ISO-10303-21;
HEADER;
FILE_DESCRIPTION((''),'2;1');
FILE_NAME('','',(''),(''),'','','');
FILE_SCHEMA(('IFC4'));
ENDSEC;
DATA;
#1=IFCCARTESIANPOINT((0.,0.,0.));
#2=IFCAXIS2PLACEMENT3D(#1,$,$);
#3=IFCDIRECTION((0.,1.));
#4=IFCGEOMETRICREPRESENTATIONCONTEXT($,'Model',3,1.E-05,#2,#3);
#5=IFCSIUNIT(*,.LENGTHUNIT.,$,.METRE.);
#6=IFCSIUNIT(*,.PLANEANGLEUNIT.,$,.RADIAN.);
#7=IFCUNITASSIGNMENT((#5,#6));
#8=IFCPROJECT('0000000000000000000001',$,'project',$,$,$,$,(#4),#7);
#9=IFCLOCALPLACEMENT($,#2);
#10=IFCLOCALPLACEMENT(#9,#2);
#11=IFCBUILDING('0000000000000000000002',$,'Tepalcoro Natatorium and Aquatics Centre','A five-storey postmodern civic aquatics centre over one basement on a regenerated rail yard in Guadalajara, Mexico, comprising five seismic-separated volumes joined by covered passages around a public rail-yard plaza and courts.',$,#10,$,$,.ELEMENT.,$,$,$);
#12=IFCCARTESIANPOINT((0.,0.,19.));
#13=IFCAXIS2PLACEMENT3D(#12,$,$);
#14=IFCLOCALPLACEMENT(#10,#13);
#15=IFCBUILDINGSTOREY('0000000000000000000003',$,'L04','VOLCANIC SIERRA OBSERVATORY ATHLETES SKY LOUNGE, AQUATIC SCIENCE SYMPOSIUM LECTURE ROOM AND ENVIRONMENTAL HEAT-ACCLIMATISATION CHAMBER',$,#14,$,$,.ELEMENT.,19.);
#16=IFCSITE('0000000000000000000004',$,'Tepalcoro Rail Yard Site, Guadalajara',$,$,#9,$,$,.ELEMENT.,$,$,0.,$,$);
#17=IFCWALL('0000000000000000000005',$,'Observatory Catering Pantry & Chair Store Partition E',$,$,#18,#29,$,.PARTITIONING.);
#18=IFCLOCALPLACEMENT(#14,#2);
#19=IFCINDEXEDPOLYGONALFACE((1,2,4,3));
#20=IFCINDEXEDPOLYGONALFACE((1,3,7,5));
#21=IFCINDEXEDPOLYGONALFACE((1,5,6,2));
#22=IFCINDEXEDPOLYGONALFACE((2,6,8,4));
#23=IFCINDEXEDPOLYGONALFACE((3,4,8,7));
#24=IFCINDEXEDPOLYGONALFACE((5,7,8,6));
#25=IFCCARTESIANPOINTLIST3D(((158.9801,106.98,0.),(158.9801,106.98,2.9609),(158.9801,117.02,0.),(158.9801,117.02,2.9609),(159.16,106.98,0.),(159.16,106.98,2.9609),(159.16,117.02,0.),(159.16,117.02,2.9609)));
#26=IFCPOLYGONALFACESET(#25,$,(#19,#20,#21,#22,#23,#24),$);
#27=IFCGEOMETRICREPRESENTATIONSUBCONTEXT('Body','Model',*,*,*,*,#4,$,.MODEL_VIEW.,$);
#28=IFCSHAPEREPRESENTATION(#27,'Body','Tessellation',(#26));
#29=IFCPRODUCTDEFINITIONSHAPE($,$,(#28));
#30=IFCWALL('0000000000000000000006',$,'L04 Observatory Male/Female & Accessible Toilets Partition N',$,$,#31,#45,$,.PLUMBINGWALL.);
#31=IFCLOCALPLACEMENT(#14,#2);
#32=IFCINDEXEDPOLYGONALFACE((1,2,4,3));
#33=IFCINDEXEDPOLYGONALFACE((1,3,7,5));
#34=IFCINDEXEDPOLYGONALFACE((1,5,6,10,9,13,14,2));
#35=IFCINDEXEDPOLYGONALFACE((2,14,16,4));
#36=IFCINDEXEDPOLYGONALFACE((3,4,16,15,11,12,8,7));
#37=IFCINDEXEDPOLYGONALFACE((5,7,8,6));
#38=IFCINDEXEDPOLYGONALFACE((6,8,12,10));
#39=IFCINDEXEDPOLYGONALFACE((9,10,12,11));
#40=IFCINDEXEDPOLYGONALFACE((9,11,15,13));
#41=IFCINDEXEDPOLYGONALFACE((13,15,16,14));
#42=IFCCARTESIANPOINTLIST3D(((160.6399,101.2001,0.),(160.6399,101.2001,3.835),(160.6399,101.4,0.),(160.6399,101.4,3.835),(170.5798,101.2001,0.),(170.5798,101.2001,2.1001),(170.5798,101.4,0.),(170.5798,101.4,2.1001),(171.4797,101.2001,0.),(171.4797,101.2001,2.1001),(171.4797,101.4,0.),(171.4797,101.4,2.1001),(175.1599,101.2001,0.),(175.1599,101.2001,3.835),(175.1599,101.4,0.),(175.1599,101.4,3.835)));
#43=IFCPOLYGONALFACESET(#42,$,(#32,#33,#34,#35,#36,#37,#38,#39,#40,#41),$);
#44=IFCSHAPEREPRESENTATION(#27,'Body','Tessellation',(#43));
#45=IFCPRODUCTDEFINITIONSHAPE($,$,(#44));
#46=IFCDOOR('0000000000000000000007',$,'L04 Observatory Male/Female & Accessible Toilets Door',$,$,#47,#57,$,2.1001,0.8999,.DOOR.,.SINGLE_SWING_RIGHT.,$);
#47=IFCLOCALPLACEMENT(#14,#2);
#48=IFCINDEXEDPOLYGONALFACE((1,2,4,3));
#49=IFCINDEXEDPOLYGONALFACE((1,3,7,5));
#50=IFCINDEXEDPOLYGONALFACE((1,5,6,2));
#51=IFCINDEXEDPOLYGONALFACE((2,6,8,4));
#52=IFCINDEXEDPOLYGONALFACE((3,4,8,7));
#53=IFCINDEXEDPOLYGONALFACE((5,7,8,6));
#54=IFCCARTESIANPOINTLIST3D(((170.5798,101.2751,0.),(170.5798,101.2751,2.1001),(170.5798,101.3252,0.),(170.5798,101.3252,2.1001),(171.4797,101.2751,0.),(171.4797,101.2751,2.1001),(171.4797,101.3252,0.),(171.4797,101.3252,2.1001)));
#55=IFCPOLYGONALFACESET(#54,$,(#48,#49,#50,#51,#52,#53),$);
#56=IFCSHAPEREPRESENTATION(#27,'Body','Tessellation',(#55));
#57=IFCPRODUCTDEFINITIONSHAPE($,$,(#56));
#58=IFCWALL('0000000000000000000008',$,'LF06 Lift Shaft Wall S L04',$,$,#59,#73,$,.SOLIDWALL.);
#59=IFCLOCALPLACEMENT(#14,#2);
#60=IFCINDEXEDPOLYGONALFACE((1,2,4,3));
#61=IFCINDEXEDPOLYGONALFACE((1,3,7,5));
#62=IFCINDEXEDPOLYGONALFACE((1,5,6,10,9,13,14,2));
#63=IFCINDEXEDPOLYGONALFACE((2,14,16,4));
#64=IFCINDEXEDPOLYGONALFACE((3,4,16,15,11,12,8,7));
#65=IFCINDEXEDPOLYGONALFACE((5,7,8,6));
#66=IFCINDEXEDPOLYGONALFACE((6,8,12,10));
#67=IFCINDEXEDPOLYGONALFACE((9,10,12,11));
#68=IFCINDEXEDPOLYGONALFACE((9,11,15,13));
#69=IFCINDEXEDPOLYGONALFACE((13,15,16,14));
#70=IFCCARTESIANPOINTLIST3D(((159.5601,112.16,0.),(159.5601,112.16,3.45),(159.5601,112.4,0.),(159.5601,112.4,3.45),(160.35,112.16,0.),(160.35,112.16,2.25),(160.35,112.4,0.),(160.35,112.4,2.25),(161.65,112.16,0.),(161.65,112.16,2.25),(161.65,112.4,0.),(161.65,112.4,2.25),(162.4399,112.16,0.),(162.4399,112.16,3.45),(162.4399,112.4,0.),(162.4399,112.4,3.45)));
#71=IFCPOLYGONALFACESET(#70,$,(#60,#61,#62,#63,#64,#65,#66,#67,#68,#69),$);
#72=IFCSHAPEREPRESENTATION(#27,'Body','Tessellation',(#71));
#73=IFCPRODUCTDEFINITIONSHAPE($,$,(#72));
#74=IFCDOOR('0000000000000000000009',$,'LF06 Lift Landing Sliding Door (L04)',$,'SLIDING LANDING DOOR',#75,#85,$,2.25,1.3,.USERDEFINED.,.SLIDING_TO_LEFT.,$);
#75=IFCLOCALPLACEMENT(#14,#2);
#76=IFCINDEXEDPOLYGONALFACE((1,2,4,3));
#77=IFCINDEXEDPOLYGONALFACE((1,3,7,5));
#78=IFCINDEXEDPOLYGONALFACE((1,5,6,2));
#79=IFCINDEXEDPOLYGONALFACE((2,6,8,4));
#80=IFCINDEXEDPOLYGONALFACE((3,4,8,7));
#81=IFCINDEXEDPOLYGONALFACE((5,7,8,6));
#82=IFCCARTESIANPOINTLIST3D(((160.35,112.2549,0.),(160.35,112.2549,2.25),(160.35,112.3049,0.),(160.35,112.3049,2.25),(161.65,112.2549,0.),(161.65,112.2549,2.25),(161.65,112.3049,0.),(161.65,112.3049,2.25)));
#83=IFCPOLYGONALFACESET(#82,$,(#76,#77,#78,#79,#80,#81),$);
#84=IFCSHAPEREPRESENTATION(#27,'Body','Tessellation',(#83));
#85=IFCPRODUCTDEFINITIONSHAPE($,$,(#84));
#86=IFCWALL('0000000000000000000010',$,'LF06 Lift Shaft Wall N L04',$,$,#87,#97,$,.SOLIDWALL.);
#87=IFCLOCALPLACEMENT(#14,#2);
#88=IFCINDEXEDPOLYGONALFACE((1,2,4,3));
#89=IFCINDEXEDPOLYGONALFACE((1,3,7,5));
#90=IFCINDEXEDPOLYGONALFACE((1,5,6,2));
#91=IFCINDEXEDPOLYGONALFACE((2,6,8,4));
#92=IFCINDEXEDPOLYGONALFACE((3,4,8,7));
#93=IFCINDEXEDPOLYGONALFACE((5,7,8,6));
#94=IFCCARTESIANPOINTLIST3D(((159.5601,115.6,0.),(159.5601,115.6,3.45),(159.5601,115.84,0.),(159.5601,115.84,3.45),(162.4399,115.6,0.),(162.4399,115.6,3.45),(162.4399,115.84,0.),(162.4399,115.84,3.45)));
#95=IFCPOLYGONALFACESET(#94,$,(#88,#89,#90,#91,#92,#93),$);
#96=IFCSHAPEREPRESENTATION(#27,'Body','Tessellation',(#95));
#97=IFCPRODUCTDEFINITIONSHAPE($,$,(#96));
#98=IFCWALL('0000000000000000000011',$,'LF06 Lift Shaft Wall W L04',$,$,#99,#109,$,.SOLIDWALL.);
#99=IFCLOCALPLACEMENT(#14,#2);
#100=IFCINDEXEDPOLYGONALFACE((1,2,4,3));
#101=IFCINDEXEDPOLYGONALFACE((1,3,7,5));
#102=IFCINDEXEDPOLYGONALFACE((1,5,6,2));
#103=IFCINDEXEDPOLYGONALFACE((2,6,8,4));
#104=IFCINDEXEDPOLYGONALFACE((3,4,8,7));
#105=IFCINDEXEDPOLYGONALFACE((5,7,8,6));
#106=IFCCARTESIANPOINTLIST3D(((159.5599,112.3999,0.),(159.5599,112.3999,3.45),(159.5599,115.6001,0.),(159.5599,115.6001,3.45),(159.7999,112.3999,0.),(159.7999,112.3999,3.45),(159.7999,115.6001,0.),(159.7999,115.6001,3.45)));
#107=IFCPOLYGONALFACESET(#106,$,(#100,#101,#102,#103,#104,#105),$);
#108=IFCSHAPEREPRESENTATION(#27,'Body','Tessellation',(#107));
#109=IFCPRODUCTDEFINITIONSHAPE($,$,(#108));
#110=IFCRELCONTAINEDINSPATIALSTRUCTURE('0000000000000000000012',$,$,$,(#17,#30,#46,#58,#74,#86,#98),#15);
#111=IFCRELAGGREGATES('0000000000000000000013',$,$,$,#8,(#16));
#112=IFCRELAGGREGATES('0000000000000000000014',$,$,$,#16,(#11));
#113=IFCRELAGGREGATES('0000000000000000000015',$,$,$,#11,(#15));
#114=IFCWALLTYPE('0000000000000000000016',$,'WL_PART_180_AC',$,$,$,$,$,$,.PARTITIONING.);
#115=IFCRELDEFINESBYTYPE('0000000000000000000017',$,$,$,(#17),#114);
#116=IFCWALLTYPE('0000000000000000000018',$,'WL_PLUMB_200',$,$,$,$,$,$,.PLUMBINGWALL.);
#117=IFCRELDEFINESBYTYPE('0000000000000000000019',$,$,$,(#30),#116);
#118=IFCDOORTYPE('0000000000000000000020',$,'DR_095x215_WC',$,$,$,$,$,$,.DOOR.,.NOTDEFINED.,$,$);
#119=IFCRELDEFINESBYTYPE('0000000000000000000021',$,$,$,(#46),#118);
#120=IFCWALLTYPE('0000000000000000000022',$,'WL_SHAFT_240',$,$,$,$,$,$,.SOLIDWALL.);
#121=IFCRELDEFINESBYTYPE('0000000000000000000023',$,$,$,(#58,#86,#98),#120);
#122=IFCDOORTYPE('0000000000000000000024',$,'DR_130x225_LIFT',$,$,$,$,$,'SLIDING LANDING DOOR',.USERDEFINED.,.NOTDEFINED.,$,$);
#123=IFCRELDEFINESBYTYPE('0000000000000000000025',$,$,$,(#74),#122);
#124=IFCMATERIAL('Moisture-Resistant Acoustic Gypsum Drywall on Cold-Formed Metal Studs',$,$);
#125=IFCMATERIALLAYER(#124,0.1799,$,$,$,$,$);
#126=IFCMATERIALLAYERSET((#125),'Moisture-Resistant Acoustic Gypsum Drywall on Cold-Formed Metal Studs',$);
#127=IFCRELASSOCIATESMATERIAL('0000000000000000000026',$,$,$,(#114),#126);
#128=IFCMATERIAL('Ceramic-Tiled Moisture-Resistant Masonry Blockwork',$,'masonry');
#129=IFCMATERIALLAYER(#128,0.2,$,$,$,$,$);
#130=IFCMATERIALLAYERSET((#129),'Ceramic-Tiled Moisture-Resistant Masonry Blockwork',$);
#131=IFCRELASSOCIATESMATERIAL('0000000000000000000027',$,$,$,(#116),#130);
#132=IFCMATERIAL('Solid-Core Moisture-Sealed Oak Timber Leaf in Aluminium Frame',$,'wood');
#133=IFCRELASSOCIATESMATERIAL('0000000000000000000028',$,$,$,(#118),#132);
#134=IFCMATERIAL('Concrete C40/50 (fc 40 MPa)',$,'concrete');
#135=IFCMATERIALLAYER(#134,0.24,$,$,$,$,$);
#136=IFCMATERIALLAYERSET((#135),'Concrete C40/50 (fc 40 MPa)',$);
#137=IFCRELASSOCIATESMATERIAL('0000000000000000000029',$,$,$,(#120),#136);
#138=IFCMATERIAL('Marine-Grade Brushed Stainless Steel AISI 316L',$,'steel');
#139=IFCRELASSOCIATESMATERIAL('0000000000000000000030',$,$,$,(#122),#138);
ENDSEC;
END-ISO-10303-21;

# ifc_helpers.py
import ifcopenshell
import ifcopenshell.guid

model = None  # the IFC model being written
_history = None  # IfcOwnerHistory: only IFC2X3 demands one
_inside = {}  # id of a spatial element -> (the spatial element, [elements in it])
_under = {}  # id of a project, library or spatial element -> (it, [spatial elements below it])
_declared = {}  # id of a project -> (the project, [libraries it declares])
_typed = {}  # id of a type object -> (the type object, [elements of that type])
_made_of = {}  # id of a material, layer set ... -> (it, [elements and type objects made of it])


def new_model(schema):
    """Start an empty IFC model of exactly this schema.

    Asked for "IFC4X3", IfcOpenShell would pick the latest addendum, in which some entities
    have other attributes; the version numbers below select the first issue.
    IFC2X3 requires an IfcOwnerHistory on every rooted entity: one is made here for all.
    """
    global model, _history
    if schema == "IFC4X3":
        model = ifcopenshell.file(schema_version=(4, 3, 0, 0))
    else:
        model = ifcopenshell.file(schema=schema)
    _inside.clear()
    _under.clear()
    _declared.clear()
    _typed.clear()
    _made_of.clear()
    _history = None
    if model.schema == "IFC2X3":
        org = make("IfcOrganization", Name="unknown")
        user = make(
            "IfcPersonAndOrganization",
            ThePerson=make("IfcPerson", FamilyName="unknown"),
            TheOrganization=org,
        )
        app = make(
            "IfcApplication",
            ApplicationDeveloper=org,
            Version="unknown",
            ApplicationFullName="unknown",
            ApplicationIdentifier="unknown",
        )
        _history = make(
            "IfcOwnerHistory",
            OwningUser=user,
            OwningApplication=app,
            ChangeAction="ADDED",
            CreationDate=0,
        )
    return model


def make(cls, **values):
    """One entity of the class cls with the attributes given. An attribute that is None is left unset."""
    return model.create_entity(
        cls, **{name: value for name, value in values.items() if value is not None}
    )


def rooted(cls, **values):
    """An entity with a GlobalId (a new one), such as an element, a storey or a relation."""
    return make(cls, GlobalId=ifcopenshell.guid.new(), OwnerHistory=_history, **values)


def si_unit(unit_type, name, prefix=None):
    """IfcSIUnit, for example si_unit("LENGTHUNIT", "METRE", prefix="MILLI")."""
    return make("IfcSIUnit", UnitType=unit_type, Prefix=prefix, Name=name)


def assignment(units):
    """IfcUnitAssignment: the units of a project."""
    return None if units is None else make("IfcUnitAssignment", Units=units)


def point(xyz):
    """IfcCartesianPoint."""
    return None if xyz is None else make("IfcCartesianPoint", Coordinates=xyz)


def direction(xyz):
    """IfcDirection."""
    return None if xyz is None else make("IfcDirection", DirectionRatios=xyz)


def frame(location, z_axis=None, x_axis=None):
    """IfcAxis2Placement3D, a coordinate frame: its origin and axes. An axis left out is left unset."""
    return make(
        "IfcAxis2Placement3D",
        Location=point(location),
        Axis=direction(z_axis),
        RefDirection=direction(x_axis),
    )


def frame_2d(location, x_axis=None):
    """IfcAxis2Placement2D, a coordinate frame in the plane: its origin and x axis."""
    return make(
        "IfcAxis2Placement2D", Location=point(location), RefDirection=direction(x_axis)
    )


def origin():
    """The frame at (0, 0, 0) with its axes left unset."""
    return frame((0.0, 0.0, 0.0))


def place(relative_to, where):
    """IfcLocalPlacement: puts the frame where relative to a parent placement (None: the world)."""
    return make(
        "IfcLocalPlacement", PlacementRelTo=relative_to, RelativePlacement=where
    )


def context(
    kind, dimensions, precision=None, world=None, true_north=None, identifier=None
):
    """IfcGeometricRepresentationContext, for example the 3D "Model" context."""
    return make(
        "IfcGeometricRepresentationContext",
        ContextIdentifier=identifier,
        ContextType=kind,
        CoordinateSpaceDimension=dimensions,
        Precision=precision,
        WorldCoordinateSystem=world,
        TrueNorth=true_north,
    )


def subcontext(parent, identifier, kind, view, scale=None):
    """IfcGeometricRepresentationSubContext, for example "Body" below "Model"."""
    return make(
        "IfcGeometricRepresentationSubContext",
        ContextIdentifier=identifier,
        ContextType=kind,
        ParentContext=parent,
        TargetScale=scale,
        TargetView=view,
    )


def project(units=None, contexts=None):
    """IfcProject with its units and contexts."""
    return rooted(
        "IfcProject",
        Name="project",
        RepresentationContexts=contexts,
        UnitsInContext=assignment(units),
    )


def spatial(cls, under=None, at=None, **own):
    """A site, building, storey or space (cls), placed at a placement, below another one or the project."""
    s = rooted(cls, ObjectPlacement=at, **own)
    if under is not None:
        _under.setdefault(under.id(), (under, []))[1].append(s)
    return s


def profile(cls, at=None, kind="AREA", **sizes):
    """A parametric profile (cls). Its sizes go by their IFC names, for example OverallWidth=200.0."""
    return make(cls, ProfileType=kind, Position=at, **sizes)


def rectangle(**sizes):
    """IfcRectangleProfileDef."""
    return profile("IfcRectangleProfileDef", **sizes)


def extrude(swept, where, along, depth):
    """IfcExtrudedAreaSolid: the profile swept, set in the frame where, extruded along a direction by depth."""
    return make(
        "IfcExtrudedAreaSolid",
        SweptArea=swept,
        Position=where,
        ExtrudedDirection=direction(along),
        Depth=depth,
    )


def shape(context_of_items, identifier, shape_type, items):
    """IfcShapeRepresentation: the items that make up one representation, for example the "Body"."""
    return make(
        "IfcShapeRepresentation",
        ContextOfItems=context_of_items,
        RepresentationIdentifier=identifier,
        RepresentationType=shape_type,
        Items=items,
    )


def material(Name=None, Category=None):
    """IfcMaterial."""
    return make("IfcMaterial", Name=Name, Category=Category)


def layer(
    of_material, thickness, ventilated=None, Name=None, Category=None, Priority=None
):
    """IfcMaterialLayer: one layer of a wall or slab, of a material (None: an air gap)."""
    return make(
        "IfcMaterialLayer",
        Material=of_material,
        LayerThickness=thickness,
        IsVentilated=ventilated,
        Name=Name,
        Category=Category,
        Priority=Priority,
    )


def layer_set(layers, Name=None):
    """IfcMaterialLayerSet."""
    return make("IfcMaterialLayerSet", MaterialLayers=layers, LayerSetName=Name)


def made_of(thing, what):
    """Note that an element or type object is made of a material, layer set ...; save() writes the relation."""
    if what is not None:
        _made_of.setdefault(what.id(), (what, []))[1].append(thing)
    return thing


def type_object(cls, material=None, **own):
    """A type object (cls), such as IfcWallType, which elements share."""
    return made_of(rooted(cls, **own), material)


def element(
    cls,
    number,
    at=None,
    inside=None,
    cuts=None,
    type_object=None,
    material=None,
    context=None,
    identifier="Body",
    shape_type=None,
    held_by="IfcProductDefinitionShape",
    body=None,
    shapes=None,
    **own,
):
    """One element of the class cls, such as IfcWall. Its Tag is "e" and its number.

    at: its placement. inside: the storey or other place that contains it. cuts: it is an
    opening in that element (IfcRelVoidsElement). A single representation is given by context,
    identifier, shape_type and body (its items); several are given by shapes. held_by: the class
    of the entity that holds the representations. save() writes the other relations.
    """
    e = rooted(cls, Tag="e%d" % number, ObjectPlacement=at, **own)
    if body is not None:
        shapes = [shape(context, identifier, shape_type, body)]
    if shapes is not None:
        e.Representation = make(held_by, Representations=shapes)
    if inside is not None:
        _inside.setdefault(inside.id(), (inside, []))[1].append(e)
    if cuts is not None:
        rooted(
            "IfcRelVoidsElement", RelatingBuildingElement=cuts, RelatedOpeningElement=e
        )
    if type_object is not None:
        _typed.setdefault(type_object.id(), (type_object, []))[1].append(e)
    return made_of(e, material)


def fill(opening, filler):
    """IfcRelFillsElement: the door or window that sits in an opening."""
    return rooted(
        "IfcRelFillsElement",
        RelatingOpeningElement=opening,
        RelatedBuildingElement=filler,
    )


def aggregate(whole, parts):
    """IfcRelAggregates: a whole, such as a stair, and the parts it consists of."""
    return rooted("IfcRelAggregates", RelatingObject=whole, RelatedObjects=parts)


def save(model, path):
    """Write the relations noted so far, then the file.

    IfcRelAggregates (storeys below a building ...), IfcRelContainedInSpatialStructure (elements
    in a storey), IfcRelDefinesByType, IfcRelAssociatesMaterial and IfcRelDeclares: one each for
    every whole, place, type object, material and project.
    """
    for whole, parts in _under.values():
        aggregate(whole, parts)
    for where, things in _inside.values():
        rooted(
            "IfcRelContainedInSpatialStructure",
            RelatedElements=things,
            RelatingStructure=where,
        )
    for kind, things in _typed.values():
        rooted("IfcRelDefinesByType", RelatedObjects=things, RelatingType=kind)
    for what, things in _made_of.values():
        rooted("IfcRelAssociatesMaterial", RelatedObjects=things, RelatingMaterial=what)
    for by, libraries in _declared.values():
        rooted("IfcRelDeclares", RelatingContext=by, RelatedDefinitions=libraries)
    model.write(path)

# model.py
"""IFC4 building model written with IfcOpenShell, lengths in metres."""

from ifc_helpers import new_model, si_unit, direction, frame, frame_2d, origin, place, context, subcontext, project, spatial, rectangle, extrude, material, layer, layer_set, type_object, element, fill, save


model = new_model("IFC4")

# Units and contexts
model_context = context("Model", 3, precision=1e-05, world=origin(), true_north=direction((0.0, 1.0)))
body_context = subcontext(model_context, "Body", "Model", "MODEL_VIEW")
ifc_project = project(units=[si_unit("LENGTHUNIT", "METRE"), si_unit("PLANEANGLEUNIT", "RADIAN")], contexts=[model_context])

# Site, building, storey
site_placement = place(None, origin())
site = spatial("IfcSite", under=ifc_project, at=site_placement, Name="Tepalcoro Rail Yard Site, Guadalajara", CompositionType="ELEMENT", RefElevation=0.0)
building_placement = place(site_placement, origin())
building = spatial("IfcBuilding", under=site, at=building_placement, Name="Tepalcoro Natatorium and Aquatics Centre", Description="A five-storey postmodern civic aquatics centre over one basement on a regenerated rail yard in Guadalajara, Mexico, comprising five seismic-separated volumes joined by covered passages around a public rail-yard plaza and courts.", CompositionType="ELEMENT")
storey_placement = place(building_placement, frame((0.0, 0.0, 19.0)))
storey = spatial("IfcBuildingStorey", under=building, at=storey_placement, Name="L04", Description="VOLCANIC SIERRA OBSERVATORY ATHLETES SKY LOUNGE, AQUATIC SCIENCE SYMPOSIUM LECTURE ROOM AND ENVIRONMENTAL HEAT-ACCLIMATISATION CHAMBER", CompositionType="ELEMENT", Elevation=19.0)

# Shared definitions
ifc_material_1 = material(Name="Concrete C40/50 (fc 40 MPa)", Category="concrete")

# Wall
ifc_material_2 = material(Name="Moisture-Resistant Acoustic Gypsum Drywall on Cold-Formed Metal Studs")
ifc_layer_1 = layer(ifc_material_2, 0.1799)
ifc_layer_set_1 = layer_set([ifc_layer_1], Name="Moisture-Resistant Acoustic Gypsum Drywall on Cold-Formed Metal Studs")
wall_type_1 = type_object("IfcWallType", Name="WL_PART_180_AC", PredefinedType="PARTITIONING", material=ifc_layer_set_1)
wall_1_placement = place(storey_placement, frame((159.0701, 106.98, 0.0), z_axis=(0.0, 0.0, 1.0), x_axis=(0.0, 1.0, 0.0)))
element("IfcWall", 1, at=wall_1_placement, inside=storey, type_object=wall_type_1, Name="Observatory Catering Pantry & Chair Store Partition E", PredefinedType="PARTITIONING", context=body_context, shape_type="SweptSolid", body=[
    extrude(rectangle(XDim=10.04, YDim=0.1799, at=frame_2d((5.02, 0.0))), origin(), (0.0, 0.0, 1.0), 2.9609),
])

# Walls, openings, doors
ifc_material_3 = material(Name="Ceramic-Tiled Moisture-Resistant Masonry Blockwork", Category="masonry")
ifc_layer_2 = layer(ifc_material_3, 0.2)
ifc_layer_set_2 = layer_set([ifc_layer_2], Name="Ceramic-Tiled Moisture-Resistant Masonry Blockwork")
wall_type_2 = type_object("IfcWallType", Name="WL_PLUMB_200", PredefinedType="PLUMBINGWALL", material=ifc_layer_set_2)
wall_2_placement = place(storey_placement, frame((160.6399, 101.3, 0.0), z_axis=(0.0, 0.0, 1.0), x_axis=(1.0, 0.0, 0.0)))
wall_2 = element("IfcWall", 2, at=wall_2_placement, inside=storey, type_object=wall_type_2, Name="L04 Observatory Male/Female & Accessible Toilets Partition N", PredefinedType="PLUMBINGWALL", context=body_context, shape_type="SweptSolid", body=[
    extrude(rectangle(XDim=14.52, YDim=0.2, at=frame_2d((7.26, 0.0))), origin(), (0.0, 0.0, 1.0), 3.835),
])
opening_1_placement = place(wall_2_placement, frame((9.9399, 0.0, 0.0)))
opening_1 = element("IfcOpeningElement", 3, at=opening_1_placement, cuts=wall_2, PredefinedType="OPENING", context=body_context, shape_type="SweptSolid", body=[
    extrude(rectangle(XDim=0.8999, YDim=2.1001, at=frame_2d((0.45, 1.05))), frame((0.0, 0.1118, 0.0), z_axis=(0.0, -1.0, 0.0), x_axis=(1.0, 0.0, 0.0)), (0.0, 0.0, 1.0), 0.2239),
])
ifc_material_4 = material(Name="Solid-Core Moisture-Sealed Oak Timber Leaf in Aluminium Frame", Category="wood")
door_type_1 = type_object("IfcDoorType", Name="DR_095x215_WC", OperationType="NOTDEFINED", PredefinedType="DOOR", material=ifc_material_4)
door_1_placement = place(opening_1_placement, frame((0.8999, 0.0, 0.0), z_axis=(0.0, 0.0, 1.0), x_axis=(-1.0, 0.0, 0.0)))
door_1 = element("IfcDoor", 4, at=door_1_placement, inside=storey, type_object=door_type_1, Name="L04 Observatory Male/Female & Accessible Toilets Door", OperationType="SINGLE_SWING_RIGHT", OverallHeight=2.1001, OverallWidth=0.8999, PredefinedType="DOOR", context=body_context, shape_type="SweptSolid", body=[
    extrude(rectangle(XDim=0.8999, YDim=2.1001, at=frame_2d((0.45, 1.05))), frame((0.0, 0.0249, 0.0), z_axis=(0.0, -1.0, 0.0), x_axis=(1.0, 0.0, 0.0)), (0.0, 0.0, 1.0), 0.05),
])
fill(opening_1, door_1)
ifc_layer_3 = layer(ifc_material_1, 0.24)
ifc_layer_set_3 = layer_set([ifc_layer_3], Name="Concrete C40/50 (fc 40 MPa)")
wall_type_3 = type_object("IfcWallType", Name="WL_SHAFT_240", PredefinedType="SOLIDWALL", material=ifc_layer_set_3)
wall_3_placement = place(storey_placement, frame((159.5601, 112.28, 0.0), z_axis=(0.0, 0.0, 1.0), x_axis=(1.0, 0.0, 0.0)))
wall_3 = element("IfcWall", 5, at=wall_3_placement, inside=storey, type_object=wall_type_3, Name="LF06 Lift Shaft Wall S L04", PredefinedType="SOLIDWALL", context=body_context, shape_type="SweptSolid", body=[
    extrude(rectangle(XDim=2.8799, YDim=0.24, at=frame_2d((1.4399, 0.0))), origin(), (0.0, 0.0, 1.0), 3.45),
])
opening_2_placement = place(wall_3_placement, frame((0.79, 0.0, 0.0)))
opening_2 = element("IfcOpeningElement", 6, at=opening_2_placement, cuts=wall_3, PredefinedType="OPENING", context=body_context, shape_type="SweptSolid", body=[
    extrude(rectangle(XDim=1.3, YDim=2.25, at=frame_2d((0.6499, 1.125))), frame((0.0, 0.1318, 0.0), z_axis=(0.0, -1.0, 0.0), x_axis=(1.0, 0.0, 0.0)), (0.0, 0.0, 1.0), 0.2639),
])
ifc_material_5 = material(Name="Marine-Grade Brushed Stainless Steel AISI 316L", Category="steel")
door_type_2 = type_object("IfcDoorType", Name="DR_130x225_LIFT", ElementType="SLIDING LANDING DOOR", OperationType="NOTDEFINED", PredefinedType="USERDEFINED", material=ifc_material_5)
door_2_placement = place(opening_2_placement, origin())
door_2 = element("IfcDoor", 7, at=door_2_placement, inside=storey, type_object=door_type_2, Name="LF06 Lift Landing Sliding Door (L04)", ObjectType="SLIDING LANDING DOOR", OperationType="SLIDING_TO_LEFT", OverallHeight=2.25, OverallWidth=1.3, PredefinedType="USERDEFINED", context=body_context, shape_type="SweptSolid", body=[
    extrude(rectangle(XDim=1.3, YDim=2.25, at=frame_2d((0.6499, 1.125))), frame((0.0, 0.0249, 0.0), z_axis=(0.0, -1.0, 0.0), x_axis=(1.0, 0.0, 0.0)), (0.0, 0.0, 1.0), 0.05),
])
fill(opening_2, door_2)

# Walls
wall_4_placement = place(storey_placement, frame((159.5601, 115.72, 0.0), z_axis=(0.0, 0.0, 1.0), x_axis=(1.0, 0.0, 0.0)))
element("IfcWall", 8, at=wall_4_placement, inside=storey, type_object=wall_type_3, Name="LF06 Lift Shaft Wall N L04", PredefinedType="SOLIDWALL", context=body_context, shape_type="SweptSolid", body=[
    extrude(rectangle(XDim=2.8799, YDim=0.24, at=frame_2d((1.4399, 0.0))), origin(), (0.0, 0.0, 1.0), 3.45),
])
wall_5_placement = place(storey_placement, frame((159.6799, 112.3999, 0.0), z_axis=(0.0, 0.0, 1.0), x_axis=(0.0, 1.0, 0.0)))
element("IfcWall", 9, at=wall_5_placement, inside=storey, type_object=wall_type_3, Name="LF06 Lift Shaft Wall W L04", PredefinedType="SOLIDWALL", context=body_context, shape_type="SweptSolid", body=[
    extrude(rectangle(XDim=3.2002, YDim=0.24, at=frame_2d((1.6001, 0.0))), origin(), (0.0, 0.0, 1.0), 3.45),
])

save(model, "model.ifc")
